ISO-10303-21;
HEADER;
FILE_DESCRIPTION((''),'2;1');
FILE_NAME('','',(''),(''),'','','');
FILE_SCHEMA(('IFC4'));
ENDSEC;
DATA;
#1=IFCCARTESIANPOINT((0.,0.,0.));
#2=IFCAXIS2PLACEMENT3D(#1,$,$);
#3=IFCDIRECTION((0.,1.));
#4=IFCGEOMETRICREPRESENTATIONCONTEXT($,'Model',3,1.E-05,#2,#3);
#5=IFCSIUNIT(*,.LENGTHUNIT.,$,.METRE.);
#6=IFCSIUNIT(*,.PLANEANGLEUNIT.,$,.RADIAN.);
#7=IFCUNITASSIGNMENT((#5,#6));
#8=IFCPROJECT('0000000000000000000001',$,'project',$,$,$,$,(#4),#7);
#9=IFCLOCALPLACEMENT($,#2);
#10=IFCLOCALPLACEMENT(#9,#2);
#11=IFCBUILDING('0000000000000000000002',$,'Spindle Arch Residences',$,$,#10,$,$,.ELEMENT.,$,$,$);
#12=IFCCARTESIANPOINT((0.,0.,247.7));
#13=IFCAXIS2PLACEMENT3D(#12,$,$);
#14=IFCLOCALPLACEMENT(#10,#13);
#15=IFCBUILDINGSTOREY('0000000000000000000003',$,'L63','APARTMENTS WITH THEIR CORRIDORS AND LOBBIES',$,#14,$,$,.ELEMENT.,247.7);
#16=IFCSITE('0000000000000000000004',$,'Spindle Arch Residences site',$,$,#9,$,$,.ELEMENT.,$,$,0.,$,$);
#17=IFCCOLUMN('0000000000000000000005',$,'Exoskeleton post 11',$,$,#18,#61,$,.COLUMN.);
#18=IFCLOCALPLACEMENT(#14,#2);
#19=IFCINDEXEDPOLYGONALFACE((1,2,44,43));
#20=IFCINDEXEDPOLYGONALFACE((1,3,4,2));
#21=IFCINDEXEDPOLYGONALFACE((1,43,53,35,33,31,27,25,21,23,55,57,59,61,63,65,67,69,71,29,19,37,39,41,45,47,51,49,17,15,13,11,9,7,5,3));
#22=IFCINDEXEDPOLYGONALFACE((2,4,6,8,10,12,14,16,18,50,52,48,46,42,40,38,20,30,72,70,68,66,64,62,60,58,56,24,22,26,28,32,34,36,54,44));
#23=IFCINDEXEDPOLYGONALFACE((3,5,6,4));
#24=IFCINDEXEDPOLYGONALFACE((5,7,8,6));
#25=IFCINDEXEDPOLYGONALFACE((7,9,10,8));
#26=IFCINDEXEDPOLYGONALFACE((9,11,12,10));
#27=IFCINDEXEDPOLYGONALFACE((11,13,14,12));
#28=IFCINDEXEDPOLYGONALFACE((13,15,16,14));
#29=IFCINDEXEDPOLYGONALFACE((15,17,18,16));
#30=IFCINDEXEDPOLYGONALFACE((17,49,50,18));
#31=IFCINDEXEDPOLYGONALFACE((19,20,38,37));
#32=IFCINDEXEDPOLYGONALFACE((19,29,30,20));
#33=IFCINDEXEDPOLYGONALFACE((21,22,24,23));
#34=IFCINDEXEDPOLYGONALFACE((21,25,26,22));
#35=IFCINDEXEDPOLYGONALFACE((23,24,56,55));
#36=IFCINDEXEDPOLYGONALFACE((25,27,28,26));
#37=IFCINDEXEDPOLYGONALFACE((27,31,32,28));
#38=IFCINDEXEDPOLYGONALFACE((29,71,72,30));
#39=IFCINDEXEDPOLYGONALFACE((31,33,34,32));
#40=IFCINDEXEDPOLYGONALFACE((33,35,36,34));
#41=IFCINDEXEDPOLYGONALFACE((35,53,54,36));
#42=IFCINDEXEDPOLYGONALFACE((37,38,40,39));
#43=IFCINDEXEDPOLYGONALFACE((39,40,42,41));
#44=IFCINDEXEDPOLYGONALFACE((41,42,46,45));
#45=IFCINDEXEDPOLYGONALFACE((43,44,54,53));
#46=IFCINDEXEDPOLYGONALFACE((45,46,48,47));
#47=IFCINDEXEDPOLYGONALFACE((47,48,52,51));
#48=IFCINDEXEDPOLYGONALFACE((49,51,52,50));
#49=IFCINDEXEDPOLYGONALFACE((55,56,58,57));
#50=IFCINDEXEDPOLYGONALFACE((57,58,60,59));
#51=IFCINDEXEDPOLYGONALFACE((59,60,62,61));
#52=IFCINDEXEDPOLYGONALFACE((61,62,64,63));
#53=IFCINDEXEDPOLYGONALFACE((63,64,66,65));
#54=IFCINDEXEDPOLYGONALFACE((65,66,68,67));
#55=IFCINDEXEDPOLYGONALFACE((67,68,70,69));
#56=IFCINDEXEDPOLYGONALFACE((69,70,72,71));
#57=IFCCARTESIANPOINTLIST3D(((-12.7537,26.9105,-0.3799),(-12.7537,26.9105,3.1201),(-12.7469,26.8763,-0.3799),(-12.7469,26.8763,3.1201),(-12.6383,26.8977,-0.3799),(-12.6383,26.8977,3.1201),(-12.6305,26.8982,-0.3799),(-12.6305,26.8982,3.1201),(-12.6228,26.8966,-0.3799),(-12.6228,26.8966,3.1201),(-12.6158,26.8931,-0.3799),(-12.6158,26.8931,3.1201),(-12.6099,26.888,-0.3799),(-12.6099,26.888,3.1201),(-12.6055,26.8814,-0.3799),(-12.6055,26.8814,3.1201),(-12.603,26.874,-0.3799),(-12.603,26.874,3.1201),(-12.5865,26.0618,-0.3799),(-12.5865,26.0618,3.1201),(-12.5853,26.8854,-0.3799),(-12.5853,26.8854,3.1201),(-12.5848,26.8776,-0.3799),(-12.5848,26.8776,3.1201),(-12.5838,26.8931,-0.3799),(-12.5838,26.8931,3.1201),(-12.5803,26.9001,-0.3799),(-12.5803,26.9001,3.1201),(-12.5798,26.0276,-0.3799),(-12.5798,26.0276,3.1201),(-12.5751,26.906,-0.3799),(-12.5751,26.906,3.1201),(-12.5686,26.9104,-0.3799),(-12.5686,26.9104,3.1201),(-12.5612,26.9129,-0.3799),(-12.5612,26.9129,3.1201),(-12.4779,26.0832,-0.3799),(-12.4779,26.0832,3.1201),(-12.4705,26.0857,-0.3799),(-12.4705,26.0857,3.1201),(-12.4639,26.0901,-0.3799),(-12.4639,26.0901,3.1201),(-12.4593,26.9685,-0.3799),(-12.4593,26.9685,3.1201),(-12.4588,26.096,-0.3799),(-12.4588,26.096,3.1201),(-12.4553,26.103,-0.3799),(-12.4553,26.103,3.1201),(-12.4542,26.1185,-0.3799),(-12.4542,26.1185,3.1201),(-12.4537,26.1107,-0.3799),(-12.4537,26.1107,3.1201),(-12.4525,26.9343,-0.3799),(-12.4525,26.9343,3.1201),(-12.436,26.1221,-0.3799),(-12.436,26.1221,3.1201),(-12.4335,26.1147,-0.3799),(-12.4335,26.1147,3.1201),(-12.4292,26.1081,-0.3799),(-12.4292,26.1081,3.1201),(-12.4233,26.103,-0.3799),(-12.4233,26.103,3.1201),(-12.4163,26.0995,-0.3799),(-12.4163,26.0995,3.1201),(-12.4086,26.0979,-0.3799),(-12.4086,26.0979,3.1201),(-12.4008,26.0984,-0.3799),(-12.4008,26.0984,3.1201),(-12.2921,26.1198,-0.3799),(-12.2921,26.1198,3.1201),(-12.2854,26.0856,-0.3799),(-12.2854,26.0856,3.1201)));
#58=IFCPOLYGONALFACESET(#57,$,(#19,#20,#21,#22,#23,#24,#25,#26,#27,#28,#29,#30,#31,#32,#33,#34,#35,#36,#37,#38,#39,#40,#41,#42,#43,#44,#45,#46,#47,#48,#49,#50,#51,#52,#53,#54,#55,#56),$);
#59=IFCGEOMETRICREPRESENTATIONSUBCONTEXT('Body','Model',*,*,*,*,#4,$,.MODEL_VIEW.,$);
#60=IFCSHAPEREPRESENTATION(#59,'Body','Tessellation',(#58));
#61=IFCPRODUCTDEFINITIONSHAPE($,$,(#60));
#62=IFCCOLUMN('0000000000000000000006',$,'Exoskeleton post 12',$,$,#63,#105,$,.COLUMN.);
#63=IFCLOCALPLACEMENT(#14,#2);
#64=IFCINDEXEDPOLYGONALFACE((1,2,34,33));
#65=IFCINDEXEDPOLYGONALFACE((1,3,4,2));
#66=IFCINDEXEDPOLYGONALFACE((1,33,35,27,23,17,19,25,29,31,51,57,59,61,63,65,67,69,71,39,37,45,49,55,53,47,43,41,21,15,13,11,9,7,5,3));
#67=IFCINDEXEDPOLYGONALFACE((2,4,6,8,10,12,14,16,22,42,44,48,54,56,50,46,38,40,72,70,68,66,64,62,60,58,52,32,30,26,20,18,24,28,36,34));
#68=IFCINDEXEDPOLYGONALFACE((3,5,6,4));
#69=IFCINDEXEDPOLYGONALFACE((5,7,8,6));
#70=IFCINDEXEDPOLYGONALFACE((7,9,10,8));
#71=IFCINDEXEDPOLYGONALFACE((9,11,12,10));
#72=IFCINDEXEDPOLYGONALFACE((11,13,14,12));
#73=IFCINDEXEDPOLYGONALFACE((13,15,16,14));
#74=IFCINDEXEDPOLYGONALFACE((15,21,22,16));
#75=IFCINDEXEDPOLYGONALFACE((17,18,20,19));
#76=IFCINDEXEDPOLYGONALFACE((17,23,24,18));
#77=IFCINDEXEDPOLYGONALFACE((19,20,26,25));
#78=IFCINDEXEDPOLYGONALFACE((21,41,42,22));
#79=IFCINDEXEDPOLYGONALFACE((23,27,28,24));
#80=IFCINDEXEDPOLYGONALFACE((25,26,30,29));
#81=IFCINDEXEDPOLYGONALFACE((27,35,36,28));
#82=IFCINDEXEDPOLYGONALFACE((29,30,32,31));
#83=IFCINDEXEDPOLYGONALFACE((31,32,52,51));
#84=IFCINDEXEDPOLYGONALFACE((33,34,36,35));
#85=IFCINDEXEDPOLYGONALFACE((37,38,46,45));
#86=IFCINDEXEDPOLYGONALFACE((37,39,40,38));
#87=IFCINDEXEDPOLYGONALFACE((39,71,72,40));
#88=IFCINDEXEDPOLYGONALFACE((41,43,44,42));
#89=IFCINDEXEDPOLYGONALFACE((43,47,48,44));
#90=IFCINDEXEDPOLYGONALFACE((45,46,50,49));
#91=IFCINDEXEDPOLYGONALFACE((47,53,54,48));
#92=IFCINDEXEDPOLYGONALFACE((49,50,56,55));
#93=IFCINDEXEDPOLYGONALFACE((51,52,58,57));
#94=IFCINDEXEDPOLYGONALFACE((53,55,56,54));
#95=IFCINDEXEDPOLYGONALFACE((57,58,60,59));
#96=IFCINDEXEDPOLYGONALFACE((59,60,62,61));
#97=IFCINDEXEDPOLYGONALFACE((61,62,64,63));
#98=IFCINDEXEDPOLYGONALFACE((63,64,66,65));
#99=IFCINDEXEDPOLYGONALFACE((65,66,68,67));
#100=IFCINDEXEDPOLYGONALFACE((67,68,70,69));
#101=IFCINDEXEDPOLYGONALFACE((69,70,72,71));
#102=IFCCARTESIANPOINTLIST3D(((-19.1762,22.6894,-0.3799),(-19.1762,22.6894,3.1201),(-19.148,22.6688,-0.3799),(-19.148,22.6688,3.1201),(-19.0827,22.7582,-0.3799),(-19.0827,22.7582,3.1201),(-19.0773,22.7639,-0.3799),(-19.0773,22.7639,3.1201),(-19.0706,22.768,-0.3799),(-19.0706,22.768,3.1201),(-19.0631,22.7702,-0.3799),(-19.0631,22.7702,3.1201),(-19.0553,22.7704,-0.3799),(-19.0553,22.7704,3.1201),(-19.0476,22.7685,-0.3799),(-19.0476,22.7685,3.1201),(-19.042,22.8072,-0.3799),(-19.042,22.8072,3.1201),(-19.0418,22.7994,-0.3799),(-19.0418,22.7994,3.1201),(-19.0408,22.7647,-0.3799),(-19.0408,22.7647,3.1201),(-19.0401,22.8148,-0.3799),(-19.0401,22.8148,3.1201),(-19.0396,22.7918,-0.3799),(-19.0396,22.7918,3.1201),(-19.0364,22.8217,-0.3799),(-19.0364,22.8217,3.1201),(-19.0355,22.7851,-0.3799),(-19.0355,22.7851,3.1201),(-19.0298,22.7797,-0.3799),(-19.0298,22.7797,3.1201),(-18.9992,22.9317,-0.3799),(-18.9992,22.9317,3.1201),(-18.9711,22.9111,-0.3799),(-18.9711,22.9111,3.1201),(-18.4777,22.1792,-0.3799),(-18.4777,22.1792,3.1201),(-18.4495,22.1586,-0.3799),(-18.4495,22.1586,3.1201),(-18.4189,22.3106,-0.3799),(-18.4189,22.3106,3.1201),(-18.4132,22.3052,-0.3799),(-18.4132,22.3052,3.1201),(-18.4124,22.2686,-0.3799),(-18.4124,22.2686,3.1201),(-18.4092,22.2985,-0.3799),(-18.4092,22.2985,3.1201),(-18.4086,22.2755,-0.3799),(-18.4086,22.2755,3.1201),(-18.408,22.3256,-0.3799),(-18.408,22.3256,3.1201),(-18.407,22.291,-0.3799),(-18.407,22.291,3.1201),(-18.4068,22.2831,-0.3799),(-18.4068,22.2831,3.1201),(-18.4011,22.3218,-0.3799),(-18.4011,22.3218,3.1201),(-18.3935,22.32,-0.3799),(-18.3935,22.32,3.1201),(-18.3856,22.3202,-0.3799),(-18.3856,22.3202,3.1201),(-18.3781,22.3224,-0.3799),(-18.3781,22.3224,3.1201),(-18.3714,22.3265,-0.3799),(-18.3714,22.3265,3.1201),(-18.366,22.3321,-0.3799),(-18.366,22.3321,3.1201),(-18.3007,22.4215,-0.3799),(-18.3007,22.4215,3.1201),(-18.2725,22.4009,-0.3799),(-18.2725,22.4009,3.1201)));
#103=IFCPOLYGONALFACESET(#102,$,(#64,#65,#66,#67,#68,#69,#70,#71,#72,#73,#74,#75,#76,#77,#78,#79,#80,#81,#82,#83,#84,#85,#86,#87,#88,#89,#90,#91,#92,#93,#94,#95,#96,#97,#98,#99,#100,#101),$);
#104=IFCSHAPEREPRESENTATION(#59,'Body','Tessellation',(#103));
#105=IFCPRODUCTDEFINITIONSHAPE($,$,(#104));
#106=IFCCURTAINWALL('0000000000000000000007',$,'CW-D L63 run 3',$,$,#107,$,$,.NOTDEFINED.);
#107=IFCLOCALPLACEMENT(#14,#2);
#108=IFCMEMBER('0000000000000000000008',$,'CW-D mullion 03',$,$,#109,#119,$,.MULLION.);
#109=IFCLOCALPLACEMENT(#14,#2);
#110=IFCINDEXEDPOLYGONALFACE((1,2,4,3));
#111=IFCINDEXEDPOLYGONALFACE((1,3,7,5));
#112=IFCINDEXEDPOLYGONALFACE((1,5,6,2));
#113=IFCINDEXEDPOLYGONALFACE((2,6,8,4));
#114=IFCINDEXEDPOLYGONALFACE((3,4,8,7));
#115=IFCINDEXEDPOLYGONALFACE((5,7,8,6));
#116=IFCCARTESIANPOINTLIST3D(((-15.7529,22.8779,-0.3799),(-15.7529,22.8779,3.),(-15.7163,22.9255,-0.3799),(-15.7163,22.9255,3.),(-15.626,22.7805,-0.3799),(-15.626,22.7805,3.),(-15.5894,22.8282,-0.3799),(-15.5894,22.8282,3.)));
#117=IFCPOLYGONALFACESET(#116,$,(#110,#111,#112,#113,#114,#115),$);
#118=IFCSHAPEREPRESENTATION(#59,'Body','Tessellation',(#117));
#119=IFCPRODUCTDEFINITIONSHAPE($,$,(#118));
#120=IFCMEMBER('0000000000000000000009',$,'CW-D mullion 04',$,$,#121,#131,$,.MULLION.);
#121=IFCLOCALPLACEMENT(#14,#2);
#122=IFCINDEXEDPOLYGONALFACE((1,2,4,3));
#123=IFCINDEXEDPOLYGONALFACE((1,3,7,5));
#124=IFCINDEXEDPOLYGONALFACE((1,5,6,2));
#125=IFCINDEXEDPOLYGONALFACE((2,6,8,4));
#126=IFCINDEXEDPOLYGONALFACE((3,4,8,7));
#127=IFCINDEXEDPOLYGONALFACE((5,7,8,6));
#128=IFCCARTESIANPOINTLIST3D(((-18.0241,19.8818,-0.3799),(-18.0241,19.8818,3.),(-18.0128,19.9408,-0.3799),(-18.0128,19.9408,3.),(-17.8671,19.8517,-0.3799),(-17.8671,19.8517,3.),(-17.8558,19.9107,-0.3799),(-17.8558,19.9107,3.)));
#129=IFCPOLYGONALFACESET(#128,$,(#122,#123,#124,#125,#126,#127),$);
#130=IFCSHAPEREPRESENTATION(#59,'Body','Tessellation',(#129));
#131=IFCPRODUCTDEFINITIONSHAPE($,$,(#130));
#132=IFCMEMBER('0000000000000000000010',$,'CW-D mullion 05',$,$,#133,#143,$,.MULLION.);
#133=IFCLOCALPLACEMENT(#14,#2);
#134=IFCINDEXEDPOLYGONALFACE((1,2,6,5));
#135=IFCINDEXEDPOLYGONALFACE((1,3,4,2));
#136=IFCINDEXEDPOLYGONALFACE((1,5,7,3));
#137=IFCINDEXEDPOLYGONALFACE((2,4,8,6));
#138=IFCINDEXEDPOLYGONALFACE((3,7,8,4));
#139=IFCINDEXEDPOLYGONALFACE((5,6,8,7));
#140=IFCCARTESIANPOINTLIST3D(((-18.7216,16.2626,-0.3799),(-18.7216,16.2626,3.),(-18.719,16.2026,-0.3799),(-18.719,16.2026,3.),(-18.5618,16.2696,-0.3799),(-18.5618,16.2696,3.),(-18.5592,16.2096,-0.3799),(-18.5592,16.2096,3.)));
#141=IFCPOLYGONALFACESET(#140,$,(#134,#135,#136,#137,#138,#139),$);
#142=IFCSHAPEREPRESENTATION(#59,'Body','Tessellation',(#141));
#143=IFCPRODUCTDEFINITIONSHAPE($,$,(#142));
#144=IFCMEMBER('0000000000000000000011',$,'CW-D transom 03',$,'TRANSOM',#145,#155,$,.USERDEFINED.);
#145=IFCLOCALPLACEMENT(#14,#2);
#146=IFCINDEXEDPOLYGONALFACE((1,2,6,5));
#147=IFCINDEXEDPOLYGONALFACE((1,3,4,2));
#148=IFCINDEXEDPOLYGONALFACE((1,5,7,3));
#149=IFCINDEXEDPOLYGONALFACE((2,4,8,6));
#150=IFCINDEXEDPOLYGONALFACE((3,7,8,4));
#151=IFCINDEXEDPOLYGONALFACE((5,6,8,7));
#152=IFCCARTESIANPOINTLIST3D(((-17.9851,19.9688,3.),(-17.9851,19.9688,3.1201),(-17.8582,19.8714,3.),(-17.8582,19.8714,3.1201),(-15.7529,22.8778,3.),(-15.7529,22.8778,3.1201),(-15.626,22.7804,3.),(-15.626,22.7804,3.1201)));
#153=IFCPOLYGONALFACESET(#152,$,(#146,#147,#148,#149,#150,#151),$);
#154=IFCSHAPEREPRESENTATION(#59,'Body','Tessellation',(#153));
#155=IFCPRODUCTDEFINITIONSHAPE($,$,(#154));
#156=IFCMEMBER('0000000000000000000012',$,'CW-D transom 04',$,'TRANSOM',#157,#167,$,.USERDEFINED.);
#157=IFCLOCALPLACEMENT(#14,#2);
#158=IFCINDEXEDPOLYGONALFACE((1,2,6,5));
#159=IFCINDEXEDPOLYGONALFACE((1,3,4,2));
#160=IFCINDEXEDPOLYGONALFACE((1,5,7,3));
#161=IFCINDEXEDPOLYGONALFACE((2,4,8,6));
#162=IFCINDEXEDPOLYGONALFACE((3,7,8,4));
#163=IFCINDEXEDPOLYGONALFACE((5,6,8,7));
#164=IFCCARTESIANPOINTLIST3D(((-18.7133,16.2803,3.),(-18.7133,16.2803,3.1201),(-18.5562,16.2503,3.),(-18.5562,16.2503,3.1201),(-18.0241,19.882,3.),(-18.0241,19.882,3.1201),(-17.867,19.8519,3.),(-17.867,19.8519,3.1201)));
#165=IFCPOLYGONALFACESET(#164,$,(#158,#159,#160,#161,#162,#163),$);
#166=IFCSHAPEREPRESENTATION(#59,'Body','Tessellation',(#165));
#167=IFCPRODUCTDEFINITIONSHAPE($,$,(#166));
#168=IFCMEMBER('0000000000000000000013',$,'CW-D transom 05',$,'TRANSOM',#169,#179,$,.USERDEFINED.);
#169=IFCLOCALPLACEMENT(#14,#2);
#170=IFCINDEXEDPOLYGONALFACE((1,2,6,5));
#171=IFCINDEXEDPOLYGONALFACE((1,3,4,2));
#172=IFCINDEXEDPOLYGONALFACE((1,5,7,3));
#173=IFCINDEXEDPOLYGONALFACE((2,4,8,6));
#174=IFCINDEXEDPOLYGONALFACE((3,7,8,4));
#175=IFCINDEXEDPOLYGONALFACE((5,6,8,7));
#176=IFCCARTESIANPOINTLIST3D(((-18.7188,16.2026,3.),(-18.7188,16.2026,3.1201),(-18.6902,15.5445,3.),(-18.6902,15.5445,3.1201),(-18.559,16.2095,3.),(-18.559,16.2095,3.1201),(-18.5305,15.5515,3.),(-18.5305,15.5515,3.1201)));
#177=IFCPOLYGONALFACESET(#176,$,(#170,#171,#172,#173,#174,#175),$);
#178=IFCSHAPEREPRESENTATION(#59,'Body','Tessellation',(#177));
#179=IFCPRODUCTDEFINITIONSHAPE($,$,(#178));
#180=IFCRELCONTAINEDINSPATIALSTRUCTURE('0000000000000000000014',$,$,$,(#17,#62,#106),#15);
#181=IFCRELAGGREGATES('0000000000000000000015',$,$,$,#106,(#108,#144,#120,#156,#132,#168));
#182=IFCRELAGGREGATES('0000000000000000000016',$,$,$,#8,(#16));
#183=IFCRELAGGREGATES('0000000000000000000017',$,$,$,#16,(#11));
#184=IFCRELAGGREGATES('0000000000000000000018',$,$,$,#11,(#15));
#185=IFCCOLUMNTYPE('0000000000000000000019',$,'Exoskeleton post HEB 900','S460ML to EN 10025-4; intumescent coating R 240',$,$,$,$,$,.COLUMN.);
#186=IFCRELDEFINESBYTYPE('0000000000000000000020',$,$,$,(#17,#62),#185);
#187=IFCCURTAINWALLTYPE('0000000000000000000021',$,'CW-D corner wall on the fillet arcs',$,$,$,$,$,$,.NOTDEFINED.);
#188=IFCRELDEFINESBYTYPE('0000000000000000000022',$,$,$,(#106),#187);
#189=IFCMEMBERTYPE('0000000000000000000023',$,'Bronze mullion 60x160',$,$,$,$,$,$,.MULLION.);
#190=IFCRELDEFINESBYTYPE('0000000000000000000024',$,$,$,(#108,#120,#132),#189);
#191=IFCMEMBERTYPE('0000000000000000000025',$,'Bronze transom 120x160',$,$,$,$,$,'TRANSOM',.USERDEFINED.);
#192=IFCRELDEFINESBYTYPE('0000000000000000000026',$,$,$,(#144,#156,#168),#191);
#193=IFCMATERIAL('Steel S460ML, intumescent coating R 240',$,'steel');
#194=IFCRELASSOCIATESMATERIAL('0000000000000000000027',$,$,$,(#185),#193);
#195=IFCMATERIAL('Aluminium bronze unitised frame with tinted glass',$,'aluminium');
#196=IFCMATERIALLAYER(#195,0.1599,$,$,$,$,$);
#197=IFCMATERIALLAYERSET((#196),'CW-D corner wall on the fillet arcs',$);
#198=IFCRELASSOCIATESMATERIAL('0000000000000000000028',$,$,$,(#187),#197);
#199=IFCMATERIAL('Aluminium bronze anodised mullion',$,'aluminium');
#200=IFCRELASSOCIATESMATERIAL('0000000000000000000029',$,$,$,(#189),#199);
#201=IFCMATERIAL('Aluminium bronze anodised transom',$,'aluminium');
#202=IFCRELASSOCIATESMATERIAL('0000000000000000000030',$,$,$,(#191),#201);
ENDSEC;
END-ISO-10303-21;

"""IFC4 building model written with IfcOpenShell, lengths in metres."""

from ifc_helpers import new_model, si_unit, direction, frame, origin, origin_2d, place, context, subcontext, project, spatial, rectangle, i_section, extrude, material, layer, layer_set, material_profile, profile_set, type_object, element, aggregate, save


model = new_model("IFC4")

# Units and contexts
model_context = context("Model", 3, precision=1e-05, world=origin(), true_north=direction((0.0, 1.0)))
body_context = subcontext(model_context, "Body", "Model", "MODEL_VIEW")
ifc_project = project(units=[si_unit("LENGTHUNIT", "METRE"), si_unit("PLANEANGLEUNIT", "RADIAN")], contexts=[model_context])

# Site, building, storey
site_placement = place(None, origin())
site = spatial("IfcSite", under=ifc_project, at=site_placement, Name="Spindle Arch Residences site", CompositionType="ELEMENT", RefElevation=0.0)
building_placement = place(site_placement, origin())
building = spatial("IfcBuilding", under=site, at=building_placement, Name="Spindle Arch Residences", CompositionType="ELEMENT")
storey_placement = place(building_placement, frame((0.0, 0.0, 247.7)))
storey = spatial("IfcBuildingStorey", under=building, at=storey_placement, Name="L63", Description="APARTMENTS WITH THEIR CORRIDORS AND LOBBIES", CompositionType="ELEMENT", Elevation=247.7)

# Columns
ifc_material_1 = material(Name="Steel S460ML, intumescent coating R 240", Category="steel")
ifc_material_profile_1 = material_profile(ifc_material_1, i_section(OverallWidth=0.3, OverallDepth=0.8999, WebThickness=0.0186, FlangeThickness=0.0349, FilletRadius=0.03, at=origin_2d()), Name="HEB 900")
ifc_profile_set_1 = profile_set([ifc_material_profile_1], Name="Steel S460ML, intumescent coating R 240")
column_type = type_object("IfcColumnType", Name="Exoskeleton post HEB 900", Description="S460ML to EN 10025-4; intumescent coating R 240", PredefinedType="COLUMN", material=ifc_profile_set_1)
for number, where, z_axis, x_axis, name in (
    (1, (-12.5195, 26.498, -0.3799), (0.0, 0.0, 1.0), (0.981153, 0.193233, 0.0), "Exoskeleton post 11"),
    (2, (-18.7244, 22.5452, -0.3799), (0.0, 0.0, 1.0), (0.589781, 0.807563, 0.0), "Exoskeleton post 12"),
):
    element("IfcColumn", number, at=place(storey_placement, frame(where, z_axis=z_axis, x_axis=x_axis)), inside=storey, type_object=column_type, Name=name, PredefinedType="COLUMN", context=body_context, shape_type="SweptSolid", body=[
        extrude(i_section(OverallWidth=0.3, OverallDepth=0.8999, WebThickness=0.0186, FlangeThickness=0.0349, FilletRadius=0.03, at=origin_2d()), origin(), (0.0, 0.0, 1.0), 3.5),
    ])

# Curtain wall, members
ifc_material_2 = material(Name="Aluminium bronze unitised frame with tinted glass", Category="aluminium")
ifc_layer_1 = layer(ifc_material_2, 0.1599)
ifc_layer_set_1 = layer_set([ifc_layer_1], Name="CW-D corner wall on the fillet arcs")
curtain_wall_type = type_object("IfcCurtainWallType", Name="CW-D corner wall on the fillet arcs", PredefinedType="NOTDEFINED", material=ifc_layer_set_1)
curtain_wall_placement = place(storey_placement, origin())
curtain_wall = element("IfcCurtainWall", 3, at=curtain_wall_placement, inside=storey, type_object=curtain_wall_type, Name="CW-D L63 run 3", PredefinedType="NOTDEFINED")
ifc_material_3 = material(Name="Aluminium bronze anodised mullion", Category="aluminium")
ifc_material_profile_2 = material_profile(ifc_material_3, rectangle(XDim=0.1599, YDim=0.0601, at=origin_2d()), Name="MU 60x160")
ifc_profile_set_2 = profile_set([ifc_material_profile_2], Name="Aluminium bronze anodised mullion")
member_type_1 = type_object("IfcMemberType", Name="Bronze mullion 60x160", PredefinedType="MULLION", material=ifc_profile_set_2)
member_1_placement = place(storey_placement, frame((-15.6711, 22.853, -0.3799), z_axis=(0.0, 0.0, 1.0), x_axis=(0.793353, -0.608761, 0.0)))
member_1 = element("IfcMember", 4, at=member_1_placement, type_object=member_type_1, Name="CW-D mullion 03", PredefinedType="MULLION", context=body_context, shape_type="SweptSolid", body=[
    extrude(rectangle(XDim=0.1599, YDim=0.0601, at=origin_2d()), origin(), (0.0, 0.0, 1.0), 3.3799),
])
member_2_placement = place(storey_placement, frame((-17.9399, 19.8962, -0.3799), z_axis=(0.0, 0.0, 1.0), x_axis=(0.982178, -0.187953, 0.0)))
member_2 = element("IfcMember", 5, at=member_2_placement, type_object=member_type_1, Name="CW-D mullion 04", PredefinedType="MULLION", context=body_context, shape_type="SweptSolid", body=[
    extrude(rectangle(XDim=0.1599, YDim=0.0601, at=origin_2d()), origin(), (0.0, 0.0, 1.0), 3.3799),
])
member_3_placement = place(storey_placement, frame((-18.6404, 16.2361, -0.3799), z_axis=(0.0, 0.0, 1.0), x_axis=(0.999048, 0.043619, 0.0)))
member_3 = element("IfcMember", 6, at=member_3_placement, type_object=member_type_1, Name="CW-D mullion 05", PredefinedType="MULLION", context=body_context, shape_type="SweptSolid", body=[
    extrude(rectangle(XDim=0.1599, YDim=0.0601, at=origin_2d()), origin(), (0.0, 0.0, 1.0), 3.3799),
])
ifc_material_4 = material(Name="Aluminium bronze anodised transom", Category="aluminium")
ifc_material_profile_3 = material_profile(ifc_material_4, rectangle(XDim=0.1599, YDim=0.1201, at=origin_2d()), Name="TR 120x160")
ifc_profile_set_3 = profile_set([ifc_material_profile_3], Name="Aluminium bronze anodised transom")
member_type_2 = type_object("IfcMemberType", Name="Bronze transom 120x160", ElementType="TRANSOM", PredefinedType="USERDEFINED", material=ifc_profile_set_3)
member_4_placement = place(storey_placement, frame((-15.6895, 22.8291, 3.0601), z_axis=(-0.608774, -0.793344, 0.0), x_axis=(0.793344, -0.608774, 0.0)))
member_4 = element("IfcMember", 7, at=member_4_placement, type_object=member_type_2, Name="CW-D transom 03", ObjectType="TRANSOM", PredefinedType="USERDEFINED", context=body_context, shape_type="SweptSolid", body=[
    extrude(rectangle(XDim=0.1599, YDim=0.1201, at=origin_2d()), origin(), (0.0, 0.0, 1.0), 3.6667),
])
member_5_placement = place(storey_placement, frame((-17.9456, 19.8669, 3.0601), z_axis=(-0.187953, -0.982178, 0.0), x_axis=(0.982178, -0.187953, 0.0)))
member_5 = element("IfcMember", 8, at=member_5_placement, type_object=member_type_2, Name="CW-D transom 04", ObjectType="TRANSOM", PredefinedType="USERDEFINED", context=body_context, shape_type="SweptSolid", body=[
    extrude(rectangle(XDim=0.1599, YDim=0.1201, at=origin_2d()), origin(), (0.0, 0.0, 1.0), 3.667),
])
member_6_placement = place(storey_placement, frame((-18.6389, 16.2061, 3.0601), z_axis=(0.043373, -0.999059, 0.0), x_axis=(0.999059, 0.043373, 0.0)))
member_6 = element("IfcMember", 9, at=member_6_placement, type_object=member_type_2, Name="CW-D transom 05", ObjectType="TRANSOM", PredefinedType="USERDEFINED", context=body_context, shape_type="SweptSolid", body=[
    extrude(rectangle(XDim=0.1599, YDim=0.1201, at=origin_2d()), origin(), (0.0, 0.0, 1.0), 0.6587),
])

aggregate(curtain_wall, [member_1, member_4, member_2, member_5, member_3, member_6])

save(model, "model.ifc")
